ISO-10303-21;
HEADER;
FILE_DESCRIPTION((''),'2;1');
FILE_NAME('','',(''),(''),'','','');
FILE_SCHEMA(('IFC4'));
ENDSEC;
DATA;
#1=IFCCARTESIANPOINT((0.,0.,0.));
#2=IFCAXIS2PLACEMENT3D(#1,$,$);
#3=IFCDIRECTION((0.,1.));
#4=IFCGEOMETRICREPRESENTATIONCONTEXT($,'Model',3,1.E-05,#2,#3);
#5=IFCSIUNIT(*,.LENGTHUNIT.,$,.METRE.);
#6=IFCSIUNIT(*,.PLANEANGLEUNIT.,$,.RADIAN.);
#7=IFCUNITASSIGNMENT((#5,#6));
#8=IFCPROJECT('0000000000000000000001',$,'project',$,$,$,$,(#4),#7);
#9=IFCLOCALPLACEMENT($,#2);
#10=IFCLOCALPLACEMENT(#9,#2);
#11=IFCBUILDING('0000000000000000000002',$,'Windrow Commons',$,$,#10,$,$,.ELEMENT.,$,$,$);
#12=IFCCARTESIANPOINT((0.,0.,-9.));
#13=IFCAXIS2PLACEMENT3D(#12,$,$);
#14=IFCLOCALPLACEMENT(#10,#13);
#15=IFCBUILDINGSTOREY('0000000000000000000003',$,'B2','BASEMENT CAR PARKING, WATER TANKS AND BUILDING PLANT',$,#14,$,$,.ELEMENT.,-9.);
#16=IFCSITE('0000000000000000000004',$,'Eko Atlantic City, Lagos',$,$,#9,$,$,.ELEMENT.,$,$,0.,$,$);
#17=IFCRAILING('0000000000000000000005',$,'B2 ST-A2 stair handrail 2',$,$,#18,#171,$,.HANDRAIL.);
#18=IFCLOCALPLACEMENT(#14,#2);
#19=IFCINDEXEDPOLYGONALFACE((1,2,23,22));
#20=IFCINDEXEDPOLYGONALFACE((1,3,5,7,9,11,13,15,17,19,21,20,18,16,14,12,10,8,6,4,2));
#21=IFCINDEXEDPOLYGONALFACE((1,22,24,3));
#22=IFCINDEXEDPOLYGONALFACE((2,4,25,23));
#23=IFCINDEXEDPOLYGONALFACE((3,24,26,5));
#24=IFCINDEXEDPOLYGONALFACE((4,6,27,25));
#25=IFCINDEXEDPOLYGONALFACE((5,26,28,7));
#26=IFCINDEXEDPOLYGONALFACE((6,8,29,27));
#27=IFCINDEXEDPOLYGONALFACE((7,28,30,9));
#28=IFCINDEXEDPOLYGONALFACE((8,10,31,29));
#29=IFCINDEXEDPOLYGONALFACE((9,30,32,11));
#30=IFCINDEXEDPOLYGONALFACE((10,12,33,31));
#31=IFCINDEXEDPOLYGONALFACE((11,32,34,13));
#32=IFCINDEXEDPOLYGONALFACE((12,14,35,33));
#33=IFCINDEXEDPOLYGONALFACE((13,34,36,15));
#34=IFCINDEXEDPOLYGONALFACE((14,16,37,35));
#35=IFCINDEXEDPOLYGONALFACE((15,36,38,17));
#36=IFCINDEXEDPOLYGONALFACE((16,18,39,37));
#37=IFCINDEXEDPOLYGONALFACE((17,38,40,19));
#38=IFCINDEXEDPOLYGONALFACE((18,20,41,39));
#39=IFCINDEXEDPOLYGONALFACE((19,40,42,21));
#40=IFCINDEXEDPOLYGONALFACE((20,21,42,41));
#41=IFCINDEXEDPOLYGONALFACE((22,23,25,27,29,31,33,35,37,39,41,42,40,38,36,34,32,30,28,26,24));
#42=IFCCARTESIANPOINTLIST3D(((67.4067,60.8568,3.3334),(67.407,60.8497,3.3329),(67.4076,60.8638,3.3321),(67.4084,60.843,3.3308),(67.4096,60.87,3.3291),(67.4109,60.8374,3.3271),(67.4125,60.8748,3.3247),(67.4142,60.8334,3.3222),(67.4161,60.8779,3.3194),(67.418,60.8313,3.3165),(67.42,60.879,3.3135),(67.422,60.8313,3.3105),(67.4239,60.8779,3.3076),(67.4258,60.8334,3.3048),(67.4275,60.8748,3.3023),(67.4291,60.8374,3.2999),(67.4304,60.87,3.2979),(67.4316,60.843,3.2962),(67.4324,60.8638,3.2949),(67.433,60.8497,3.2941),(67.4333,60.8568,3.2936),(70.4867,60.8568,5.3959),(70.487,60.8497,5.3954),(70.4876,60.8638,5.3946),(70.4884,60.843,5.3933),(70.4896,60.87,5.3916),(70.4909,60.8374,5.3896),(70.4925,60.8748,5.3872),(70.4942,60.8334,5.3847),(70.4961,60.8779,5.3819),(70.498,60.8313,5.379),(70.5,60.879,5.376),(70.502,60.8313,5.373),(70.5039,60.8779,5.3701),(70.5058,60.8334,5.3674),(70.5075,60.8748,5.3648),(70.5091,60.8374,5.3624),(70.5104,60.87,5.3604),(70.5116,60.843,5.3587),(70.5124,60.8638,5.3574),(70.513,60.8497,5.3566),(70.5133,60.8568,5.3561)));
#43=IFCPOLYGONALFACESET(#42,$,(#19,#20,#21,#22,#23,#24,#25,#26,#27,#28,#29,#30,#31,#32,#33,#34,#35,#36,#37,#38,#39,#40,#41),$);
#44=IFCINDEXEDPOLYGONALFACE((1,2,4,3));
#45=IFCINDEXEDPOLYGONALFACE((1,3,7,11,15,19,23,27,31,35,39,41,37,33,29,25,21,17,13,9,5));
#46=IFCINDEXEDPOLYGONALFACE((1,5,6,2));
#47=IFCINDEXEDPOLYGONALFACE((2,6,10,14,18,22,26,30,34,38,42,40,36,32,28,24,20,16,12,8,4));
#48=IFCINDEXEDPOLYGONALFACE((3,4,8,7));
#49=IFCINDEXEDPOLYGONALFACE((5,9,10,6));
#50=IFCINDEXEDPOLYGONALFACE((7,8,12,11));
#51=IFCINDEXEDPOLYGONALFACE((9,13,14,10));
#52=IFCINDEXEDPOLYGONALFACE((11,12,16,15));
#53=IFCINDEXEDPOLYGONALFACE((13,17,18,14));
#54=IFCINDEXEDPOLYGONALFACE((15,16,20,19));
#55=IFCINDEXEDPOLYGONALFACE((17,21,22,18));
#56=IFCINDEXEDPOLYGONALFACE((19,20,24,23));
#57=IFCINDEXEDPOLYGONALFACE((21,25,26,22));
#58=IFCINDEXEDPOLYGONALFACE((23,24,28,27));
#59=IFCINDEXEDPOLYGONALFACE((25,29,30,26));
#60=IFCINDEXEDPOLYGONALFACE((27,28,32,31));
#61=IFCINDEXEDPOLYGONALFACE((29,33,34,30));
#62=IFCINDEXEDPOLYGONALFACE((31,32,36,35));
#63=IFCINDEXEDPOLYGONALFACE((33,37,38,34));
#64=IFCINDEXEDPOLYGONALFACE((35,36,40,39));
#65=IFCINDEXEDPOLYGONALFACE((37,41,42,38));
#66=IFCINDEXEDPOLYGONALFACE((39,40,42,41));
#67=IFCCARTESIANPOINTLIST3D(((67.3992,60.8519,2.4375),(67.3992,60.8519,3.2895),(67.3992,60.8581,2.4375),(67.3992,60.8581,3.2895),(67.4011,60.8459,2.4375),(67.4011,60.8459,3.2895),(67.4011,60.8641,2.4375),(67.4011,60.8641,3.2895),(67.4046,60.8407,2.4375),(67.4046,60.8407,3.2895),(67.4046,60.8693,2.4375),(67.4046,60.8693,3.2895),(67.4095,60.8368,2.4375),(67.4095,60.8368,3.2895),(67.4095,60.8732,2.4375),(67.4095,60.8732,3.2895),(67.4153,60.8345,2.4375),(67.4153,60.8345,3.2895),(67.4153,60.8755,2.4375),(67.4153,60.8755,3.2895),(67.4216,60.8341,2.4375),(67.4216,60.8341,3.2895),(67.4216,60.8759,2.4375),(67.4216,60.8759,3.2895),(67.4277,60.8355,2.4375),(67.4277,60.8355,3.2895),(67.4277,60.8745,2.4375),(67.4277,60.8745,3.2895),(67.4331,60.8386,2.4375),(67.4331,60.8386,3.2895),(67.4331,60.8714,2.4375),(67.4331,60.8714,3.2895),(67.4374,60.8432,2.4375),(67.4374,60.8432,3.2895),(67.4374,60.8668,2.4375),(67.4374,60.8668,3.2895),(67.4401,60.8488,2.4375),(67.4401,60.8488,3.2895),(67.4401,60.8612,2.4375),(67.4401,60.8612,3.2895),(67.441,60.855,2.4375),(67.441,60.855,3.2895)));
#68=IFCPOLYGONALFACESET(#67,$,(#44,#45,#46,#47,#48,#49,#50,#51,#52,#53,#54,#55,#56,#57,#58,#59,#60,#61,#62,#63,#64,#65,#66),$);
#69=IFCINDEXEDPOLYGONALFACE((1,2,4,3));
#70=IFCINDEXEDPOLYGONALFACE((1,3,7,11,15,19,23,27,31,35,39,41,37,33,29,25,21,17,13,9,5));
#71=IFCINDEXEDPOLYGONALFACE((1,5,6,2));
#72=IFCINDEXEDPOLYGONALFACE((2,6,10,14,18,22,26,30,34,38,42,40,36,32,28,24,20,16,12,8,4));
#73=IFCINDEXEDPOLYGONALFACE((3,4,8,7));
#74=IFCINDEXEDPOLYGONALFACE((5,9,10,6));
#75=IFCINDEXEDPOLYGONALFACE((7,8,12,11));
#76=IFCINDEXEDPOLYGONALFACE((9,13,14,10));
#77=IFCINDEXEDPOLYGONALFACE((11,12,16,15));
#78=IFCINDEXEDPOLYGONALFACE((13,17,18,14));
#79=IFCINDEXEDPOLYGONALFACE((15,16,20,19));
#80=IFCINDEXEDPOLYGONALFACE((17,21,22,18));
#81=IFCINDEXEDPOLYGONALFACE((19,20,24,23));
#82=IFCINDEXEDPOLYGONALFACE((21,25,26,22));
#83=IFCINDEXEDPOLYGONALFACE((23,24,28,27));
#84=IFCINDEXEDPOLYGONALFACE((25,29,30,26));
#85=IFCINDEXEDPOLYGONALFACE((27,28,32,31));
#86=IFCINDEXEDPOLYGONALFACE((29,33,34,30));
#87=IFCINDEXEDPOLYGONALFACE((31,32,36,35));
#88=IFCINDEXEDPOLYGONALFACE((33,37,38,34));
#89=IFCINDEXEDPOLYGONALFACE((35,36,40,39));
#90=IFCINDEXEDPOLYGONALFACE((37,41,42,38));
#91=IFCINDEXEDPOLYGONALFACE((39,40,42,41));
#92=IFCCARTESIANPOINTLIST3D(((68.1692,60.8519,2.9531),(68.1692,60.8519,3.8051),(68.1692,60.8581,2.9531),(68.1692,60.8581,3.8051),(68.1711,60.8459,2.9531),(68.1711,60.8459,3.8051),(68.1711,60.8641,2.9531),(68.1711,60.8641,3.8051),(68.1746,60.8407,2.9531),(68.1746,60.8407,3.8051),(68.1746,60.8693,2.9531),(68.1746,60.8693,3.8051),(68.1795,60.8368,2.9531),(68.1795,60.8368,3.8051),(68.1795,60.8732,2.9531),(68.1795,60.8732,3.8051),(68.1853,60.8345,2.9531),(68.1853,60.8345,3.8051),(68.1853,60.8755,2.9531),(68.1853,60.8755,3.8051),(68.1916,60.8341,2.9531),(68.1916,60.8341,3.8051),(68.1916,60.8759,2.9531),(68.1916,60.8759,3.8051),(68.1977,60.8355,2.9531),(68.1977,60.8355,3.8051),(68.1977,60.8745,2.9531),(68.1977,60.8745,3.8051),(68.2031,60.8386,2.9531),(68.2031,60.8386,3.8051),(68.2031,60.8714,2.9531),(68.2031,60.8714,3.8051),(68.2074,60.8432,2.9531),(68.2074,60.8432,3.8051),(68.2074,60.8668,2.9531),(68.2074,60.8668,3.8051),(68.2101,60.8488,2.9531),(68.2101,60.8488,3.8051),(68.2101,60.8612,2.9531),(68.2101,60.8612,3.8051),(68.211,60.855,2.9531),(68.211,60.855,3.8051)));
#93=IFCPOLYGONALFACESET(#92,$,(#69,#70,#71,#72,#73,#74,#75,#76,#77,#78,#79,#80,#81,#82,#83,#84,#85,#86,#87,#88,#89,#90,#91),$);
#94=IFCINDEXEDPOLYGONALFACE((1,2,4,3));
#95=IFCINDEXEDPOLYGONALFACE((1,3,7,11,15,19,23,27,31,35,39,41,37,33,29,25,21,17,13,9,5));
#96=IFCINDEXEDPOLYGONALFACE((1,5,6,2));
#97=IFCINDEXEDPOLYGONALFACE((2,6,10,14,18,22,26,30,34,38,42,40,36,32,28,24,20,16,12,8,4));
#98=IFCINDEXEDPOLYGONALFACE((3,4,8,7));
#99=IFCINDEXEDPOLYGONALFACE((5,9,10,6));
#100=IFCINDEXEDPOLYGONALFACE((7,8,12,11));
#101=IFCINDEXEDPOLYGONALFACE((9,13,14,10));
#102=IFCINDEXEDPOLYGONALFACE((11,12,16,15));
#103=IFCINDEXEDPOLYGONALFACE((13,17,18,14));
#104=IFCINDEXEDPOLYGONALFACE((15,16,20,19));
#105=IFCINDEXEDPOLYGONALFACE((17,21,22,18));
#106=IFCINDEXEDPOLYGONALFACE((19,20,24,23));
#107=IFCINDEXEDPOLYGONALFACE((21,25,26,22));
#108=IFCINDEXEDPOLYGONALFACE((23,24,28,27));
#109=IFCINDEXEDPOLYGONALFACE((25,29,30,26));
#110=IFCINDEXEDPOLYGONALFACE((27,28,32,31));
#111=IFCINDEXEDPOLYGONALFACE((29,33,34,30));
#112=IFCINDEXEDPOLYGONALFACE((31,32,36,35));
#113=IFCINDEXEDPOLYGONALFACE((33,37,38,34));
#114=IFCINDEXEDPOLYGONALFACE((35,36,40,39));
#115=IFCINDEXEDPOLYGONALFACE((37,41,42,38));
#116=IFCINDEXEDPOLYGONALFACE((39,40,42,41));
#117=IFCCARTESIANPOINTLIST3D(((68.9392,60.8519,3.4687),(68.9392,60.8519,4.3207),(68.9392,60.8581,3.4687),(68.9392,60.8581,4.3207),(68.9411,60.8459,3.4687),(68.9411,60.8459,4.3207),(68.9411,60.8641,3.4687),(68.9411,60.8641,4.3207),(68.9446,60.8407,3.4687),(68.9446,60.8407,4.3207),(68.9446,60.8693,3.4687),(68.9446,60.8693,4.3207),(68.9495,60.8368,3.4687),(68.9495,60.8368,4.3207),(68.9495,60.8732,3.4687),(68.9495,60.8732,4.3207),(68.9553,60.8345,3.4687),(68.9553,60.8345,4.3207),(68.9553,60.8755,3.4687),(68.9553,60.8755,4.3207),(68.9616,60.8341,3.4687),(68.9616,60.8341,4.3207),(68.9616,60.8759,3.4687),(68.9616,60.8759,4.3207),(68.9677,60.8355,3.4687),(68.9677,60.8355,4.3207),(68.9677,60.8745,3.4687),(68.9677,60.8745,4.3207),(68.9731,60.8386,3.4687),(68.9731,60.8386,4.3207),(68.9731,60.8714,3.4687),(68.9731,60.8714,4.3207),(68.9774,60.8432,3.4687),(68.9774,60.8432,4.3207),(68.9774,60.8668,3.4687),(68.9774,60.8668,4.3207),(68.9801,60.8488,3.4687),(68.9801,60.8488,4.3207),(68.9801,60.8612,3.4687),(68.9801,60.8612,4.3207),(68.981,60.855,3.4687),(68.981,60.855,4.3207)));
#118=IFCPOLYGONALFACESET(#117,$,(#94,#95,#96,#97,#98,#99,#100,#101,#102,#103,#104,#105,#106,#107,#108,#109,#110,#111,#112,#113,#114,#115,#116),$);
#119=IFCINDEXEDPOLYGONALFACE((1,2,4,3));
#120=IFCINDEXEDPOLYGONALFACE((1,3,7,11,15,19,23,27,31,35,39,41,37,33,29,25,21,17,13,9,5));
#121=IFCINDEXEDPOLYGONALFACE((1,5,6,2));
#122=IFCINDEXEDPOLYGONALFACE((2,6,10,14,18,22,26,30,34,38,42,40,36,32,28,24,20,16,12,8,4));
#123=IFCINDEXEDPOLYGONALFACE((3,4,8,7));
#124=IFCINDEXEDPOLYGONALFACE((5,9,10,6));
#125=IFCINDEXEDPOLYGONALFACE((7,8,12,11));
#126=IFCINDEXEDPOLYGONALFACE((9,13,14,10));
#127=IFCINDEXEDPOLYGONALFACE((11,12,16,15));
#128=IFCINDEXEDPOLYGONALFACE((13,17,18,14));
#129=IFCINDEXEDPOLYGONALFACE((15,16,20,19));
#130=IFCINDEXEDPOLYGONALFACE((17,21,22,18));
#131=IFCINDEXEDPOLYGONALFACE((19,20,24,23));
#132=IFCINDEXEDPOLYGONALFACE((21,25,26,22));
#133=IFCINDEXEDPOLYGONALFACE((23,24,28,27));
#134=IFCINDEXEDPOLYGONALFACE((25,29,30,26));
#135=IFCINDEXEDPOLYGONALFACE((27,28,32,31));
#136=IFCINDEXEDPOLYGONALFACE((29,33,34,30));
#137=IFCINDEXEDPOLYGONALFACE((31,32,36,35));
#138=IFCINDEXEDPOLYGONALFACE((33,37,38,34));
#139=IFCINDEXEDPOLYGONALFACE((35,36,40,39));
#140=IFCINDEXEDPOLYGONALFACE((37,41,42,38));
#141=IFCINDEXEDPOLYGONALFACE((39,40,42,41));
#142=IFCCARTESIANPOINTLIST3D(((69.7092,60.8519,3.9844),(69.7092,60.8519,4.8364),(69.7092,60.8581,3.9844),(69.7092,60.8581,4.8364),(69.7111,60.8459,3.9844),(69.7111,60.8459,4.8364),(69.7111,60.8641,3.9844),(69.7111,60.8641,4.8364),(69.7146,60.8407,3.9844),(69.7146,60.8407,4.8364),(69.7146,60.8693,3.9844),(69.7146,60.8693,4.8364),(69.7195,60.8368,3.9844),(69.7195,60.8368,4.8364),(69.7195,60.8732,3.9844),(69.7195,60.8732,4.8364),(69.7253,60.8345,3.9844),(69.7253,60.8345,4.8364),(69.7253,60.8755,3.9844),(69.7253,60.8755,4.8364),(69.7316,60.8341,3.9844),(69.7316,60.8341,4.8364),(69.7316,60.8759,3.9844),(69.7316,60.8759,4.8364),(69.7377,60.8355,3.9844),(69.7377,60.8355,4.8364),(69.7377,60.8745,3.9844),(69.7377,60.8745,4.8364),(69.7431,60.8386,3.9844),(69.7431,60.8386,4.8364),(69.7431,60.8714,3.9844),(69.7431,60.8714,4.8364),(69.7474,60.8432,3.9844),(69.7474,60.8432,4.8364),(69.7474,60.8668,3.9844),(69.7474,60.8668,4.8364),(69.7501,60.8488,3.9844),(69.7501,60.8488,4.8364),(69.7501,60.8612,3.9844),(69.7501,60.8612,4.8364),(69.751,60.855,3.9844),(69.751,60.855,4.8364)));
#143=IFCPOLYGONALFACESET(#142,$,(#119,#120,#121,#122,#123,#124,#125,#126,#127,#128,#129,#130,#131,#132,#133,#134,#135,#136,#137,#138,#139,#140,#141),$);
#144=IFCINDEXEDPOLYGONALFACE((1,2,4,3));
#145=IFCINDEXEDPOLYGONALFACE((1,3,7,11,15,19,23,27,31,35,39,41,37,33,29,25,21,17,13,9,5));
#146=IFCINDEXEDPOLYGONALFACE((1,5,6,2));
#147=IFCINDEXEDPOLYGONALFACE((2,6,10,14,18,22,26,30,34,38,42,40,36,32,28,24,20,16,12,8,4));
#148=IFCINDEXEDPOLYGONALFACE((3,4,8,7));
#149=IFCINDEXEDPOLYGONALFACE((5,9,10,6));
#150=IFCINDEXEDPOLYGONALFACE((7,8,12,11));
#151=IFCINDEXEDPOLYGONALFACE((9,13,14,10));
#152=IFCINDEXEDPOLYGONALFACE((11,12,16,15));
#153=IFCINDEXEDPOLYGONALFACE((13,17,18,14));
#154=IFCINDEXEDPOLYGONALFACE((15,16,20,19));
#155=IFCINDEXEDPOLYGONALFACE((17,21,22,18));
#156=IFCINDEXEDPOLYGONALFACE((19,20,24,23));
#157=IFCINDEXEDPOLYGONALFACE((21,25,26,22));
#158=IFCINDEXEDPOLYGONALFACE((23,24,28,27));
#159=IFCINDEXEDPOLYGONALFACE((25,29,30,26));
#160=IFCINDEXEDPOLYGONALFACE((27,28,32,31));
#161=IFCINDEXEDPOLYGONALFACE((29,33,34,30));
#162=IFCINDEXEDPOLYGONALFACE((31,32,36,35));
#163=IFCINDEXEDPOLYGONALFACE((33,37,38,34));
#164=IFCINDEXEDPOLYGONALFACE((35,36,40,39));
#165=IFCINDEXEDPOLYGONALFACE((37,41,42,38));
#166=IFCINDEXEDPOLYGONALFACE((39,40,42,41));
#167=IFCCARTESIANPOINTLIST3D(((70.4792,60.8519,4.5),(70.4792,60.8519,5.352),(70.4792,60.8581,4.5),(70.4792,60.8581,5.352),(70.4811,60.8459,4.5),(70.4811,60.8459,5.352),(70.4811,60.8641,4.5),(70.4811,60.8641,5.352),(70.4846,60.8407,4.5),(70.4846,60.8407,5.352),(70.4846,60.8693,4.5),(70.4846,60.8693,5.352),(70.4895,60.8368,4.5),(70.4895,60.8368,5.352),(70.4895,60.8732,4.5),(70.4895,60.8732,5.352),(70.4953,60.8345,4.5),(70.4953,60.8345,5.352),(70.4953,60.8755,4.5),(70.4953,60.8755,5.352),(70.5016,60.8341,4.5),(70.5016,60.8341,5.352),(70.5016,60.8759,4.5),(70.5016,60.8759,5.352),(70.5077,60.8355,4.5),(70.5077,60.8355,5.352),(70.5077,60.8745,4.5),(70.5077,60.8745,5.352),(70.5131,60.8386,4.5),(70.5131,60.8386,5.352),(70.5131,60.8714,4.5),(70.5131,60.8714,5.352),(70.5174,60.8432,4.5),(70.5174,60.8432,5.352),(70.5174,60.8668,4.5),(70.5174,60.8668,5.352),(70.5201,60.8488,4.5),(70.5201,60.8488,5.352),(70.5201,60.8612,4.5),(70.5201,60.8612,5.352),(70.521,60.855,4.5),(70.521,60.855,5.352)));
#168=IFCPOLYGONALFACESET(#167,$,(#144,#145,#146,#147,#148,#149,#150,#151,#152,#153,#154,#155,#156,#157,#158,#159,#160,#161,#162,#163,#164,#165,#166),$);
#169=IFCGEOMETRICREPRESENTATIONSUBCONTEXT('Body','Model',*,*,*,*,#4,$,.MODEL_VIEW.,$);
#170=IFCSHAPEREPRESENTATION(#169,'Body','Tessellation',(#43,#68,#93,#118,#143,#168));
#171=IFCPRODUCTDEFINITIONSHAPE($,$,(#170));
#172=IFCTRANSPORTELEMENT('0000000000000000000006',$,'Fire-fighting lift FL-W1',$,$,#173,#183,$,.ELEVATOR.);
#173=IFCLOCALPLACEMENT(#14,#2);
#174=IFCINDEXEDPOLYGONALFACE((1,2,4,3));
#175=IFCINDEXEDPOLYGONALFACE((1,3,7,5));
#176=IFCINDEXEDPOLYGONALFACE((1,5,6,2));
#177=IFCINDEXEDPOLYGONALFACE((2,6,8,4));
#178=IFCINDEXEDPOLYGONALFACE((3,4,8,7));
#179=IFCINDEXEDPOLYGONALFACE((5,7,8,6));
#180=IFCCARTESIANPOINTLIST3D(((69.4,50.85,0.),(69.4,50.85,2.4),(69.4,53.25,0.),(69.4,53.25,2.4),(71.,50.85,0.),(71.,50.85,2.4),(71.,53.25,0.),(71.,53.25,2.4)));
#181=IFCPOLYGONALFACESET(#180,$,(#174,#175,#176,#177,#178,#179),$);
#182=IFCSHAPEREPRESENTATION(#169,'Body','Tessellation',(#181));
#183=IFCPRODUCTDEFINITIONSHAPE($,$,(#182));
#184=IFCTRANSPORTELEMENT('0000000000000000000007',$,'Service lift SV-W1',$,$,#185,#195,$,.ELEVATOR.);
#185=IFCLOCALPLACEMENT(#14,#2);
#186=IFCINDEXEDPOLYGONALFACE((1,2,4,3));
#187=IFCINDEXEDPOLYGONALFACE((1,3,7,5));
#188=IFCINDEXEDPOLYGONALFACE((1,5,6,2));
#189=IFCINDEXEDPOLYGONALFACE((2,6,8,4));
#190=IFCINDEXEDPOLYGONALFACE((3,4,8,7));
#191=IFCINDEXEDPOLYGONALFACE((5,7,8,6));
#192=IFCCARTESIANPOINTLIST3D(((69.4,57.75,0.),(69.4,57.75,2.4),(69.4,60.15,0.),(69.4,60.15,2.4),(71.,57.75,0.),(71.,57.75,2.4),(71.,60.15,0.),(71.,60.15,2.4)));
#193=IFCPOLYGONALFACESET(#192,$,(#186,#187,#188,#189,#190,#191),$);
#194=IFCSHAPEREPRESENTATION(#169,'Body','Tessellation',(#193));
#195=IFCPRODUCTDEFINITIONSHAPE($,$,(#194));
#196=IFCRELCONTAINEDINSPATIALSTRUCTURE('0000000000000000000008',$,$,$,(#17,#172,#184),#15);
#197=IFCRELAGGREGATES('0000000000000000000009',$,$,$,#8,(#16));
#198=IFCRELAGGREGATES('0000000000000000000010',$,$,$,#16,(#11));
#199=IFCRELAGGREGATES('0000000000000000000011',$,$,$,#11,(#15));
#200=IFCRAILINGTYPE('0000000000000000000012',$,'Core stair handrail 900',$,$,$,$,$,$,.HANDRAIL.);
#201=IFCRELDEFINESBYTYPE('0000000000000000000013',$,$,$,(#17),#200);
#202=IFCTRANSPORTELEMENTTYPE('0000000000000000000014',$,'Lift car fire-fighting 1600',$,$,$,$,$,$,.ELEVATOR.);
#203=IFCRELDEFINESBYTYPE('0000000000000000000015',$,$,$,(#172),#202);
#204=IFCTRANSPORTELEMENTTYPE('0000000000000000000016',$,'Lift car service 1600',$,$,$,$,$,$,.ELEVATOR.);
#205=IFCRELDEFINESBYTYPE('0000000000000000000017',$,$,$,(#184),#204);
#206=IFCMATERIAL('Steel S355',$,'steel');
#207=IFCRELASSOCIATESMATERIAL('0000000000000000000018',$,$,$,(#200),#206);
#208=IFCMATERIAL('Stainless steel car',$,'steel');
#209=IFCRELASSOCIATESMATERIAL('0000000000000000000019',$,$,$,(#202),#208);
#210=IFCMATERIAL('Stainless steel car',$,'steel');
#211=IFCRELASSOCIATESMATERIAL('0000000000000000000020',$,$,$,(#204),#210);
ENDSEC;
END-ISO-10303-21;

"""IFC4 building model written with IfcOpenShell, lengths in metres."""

from ifc_helpers import new_model, si_unit, direction, frame, origin, origin_2d, place, context, subcontext, project, spatial, rectangle, circle, extrude, material, type_object, element, save


model = new_model("IFC4")

# Units and contexts
model_context = context("Model", 3, precision=1e-05, world=origin(), true_north=direction((0.0, 1.0)))
body_context = subcontext(model_context, "Body", "Model", "MODEL_VIEW")
ifc_project = project(units=[si_unit("LENGTHUNIT", "METRE"), si_unit("PLANEANGLEUNIT", "RADIAN")], contexts=[model_context])

# Site, building, storey
site_placement = place(None, origin())
site = spatial("IfcSite", under=ifc_project, at=site_placement, Name="Eko Atlantic City, Lagos", CompositionType="ELEMENT", RefElevation=0.0)
building_placement = place(site_placement, origin())
building = spatial("IfcBuilding", under=site, at=building_placement, Name="Windrow Commons", CompositionType="ELEMENT")
storey_placement = place(building_placement, frame((0.0, 0.0, -9.0)))
storey = spatial("IfcBuildingStorey", under=building, at=storey_placement, Name="B2", Description="BASEMENT CAR PARKING, WATER TANKS AND BUILDING PLANT", CompositionType="ELEMENT", Elevation=-9.0)

# Railing
ifc_material_1 = material(Name="Steel S355", Category="steel")
railing_type_1 = type_object("IfcRailingType", Name="Core stair handrail 900", PredefinedType="HANDRAIL", material=ifc_material_1)
railing_1_placement = place(storey_placement, frame((67.42, 60.855, 2.4375)))
element("IfcRailing", 1, at=railing_1_placement, inside=storey, type_object=railing_type_1, Name="B2 ST-A2 stair handrail 2", PredefinedType="HANDRAIL", context=body_context, shape_type="SweptSolid", body=[
    extrude(circle(Radius=0.024, at=origin_2d()), frame((0.0, 0.0, 0.876), z_axis=(0.830907, 0.0, 0.556411), x_axis=(0.0, 1.0, 0.0)), (0.0, 0.0, 1.0), 3.7068),
    extrude(circle(Radius=0.021, at=origin_2d()), origin(), (0.0, 0.0, 1.0), 0.852),
    extrude(circle(Radius=0.021, at=origin_2d()), frame((0.77, 0.0, 0.5156)), (0.0, 0.0, 1.0), 0.852),
    extrude(circle(Radius=0.021, at=origin_2d()), frame((1.54, 0.0, 1.0312)), (0.0, 0.0, 1.0), 0.852),
    extrude(circle(Radius=0.021, at=origin_2d()), frame((2.31, 0.0, 1.5469)), (0.0, 0.0, 1.0), 0.852),
    extrude(circle(Radius=0.021, at=origin_2d()), frame((3.08, 0.0, 2.0625)), (0.0, 0.0, 1.0), 0.852),
])

# Transport elements
ifc_material_2 = material(Name="Stainless steel car", Category="steel")
transport_element_type_1 = type_object("IfcTransportElementType", Name="Lift car fire-fighting 1600", PredefinedType="ELEVATOR", material=ifc_material_2)
transport_element_1_placement = place(storey_placement, frame((70.2, 52.05, 0.0), z_axis=(0.0, 0.0, 1.0), x_axis=(1.0, 0.0, 0.0)))
element("IfcTransportElement", 2, at=transport_element_1_placement, inside=storey, type_object=transport_element_type_1, Name="Fire-fighting lift FL-W1", PredefinedType="ELEVATOR", context=body_context, shape_type="SweptSolid", body=[
    extrude(rectangle(XDim=1.6, YDim=2.4, at=origin_2d()), origin(), (0.0, 0.0, 1.0), 2.4),
])
ifc_material_3 = material(Name="Stainless steel car", Category="steel")
transport_element_type_2 = type_object("IfcTransportElementType", Name="Lift car service 1600", PredefinedType="ELEVATOR", material=ifc_material_3)
transport_element_2_placement = place(storey_placement, frame((70.2, 58.95, 0.0), z_axis=(0.0, 0.0, 1.0), x_axis=(1.0, 0.0, 0.0)))
element("IfcTransportElement", 3, at=transport_element_2_placement, inside=storey, type_object=transport_element_type_2, Name="Service lift SV-W1", PredefinedType="ELEVATOR", context=body_context, shape_type="SweptSolid", body=[
    extrude(rectangle(XDim=1.6, YDim=2.4, at=origin_2d()), origin(), (0.0, 0.0, 1.0), 2.4),
])

save(model, "model.ifc")
